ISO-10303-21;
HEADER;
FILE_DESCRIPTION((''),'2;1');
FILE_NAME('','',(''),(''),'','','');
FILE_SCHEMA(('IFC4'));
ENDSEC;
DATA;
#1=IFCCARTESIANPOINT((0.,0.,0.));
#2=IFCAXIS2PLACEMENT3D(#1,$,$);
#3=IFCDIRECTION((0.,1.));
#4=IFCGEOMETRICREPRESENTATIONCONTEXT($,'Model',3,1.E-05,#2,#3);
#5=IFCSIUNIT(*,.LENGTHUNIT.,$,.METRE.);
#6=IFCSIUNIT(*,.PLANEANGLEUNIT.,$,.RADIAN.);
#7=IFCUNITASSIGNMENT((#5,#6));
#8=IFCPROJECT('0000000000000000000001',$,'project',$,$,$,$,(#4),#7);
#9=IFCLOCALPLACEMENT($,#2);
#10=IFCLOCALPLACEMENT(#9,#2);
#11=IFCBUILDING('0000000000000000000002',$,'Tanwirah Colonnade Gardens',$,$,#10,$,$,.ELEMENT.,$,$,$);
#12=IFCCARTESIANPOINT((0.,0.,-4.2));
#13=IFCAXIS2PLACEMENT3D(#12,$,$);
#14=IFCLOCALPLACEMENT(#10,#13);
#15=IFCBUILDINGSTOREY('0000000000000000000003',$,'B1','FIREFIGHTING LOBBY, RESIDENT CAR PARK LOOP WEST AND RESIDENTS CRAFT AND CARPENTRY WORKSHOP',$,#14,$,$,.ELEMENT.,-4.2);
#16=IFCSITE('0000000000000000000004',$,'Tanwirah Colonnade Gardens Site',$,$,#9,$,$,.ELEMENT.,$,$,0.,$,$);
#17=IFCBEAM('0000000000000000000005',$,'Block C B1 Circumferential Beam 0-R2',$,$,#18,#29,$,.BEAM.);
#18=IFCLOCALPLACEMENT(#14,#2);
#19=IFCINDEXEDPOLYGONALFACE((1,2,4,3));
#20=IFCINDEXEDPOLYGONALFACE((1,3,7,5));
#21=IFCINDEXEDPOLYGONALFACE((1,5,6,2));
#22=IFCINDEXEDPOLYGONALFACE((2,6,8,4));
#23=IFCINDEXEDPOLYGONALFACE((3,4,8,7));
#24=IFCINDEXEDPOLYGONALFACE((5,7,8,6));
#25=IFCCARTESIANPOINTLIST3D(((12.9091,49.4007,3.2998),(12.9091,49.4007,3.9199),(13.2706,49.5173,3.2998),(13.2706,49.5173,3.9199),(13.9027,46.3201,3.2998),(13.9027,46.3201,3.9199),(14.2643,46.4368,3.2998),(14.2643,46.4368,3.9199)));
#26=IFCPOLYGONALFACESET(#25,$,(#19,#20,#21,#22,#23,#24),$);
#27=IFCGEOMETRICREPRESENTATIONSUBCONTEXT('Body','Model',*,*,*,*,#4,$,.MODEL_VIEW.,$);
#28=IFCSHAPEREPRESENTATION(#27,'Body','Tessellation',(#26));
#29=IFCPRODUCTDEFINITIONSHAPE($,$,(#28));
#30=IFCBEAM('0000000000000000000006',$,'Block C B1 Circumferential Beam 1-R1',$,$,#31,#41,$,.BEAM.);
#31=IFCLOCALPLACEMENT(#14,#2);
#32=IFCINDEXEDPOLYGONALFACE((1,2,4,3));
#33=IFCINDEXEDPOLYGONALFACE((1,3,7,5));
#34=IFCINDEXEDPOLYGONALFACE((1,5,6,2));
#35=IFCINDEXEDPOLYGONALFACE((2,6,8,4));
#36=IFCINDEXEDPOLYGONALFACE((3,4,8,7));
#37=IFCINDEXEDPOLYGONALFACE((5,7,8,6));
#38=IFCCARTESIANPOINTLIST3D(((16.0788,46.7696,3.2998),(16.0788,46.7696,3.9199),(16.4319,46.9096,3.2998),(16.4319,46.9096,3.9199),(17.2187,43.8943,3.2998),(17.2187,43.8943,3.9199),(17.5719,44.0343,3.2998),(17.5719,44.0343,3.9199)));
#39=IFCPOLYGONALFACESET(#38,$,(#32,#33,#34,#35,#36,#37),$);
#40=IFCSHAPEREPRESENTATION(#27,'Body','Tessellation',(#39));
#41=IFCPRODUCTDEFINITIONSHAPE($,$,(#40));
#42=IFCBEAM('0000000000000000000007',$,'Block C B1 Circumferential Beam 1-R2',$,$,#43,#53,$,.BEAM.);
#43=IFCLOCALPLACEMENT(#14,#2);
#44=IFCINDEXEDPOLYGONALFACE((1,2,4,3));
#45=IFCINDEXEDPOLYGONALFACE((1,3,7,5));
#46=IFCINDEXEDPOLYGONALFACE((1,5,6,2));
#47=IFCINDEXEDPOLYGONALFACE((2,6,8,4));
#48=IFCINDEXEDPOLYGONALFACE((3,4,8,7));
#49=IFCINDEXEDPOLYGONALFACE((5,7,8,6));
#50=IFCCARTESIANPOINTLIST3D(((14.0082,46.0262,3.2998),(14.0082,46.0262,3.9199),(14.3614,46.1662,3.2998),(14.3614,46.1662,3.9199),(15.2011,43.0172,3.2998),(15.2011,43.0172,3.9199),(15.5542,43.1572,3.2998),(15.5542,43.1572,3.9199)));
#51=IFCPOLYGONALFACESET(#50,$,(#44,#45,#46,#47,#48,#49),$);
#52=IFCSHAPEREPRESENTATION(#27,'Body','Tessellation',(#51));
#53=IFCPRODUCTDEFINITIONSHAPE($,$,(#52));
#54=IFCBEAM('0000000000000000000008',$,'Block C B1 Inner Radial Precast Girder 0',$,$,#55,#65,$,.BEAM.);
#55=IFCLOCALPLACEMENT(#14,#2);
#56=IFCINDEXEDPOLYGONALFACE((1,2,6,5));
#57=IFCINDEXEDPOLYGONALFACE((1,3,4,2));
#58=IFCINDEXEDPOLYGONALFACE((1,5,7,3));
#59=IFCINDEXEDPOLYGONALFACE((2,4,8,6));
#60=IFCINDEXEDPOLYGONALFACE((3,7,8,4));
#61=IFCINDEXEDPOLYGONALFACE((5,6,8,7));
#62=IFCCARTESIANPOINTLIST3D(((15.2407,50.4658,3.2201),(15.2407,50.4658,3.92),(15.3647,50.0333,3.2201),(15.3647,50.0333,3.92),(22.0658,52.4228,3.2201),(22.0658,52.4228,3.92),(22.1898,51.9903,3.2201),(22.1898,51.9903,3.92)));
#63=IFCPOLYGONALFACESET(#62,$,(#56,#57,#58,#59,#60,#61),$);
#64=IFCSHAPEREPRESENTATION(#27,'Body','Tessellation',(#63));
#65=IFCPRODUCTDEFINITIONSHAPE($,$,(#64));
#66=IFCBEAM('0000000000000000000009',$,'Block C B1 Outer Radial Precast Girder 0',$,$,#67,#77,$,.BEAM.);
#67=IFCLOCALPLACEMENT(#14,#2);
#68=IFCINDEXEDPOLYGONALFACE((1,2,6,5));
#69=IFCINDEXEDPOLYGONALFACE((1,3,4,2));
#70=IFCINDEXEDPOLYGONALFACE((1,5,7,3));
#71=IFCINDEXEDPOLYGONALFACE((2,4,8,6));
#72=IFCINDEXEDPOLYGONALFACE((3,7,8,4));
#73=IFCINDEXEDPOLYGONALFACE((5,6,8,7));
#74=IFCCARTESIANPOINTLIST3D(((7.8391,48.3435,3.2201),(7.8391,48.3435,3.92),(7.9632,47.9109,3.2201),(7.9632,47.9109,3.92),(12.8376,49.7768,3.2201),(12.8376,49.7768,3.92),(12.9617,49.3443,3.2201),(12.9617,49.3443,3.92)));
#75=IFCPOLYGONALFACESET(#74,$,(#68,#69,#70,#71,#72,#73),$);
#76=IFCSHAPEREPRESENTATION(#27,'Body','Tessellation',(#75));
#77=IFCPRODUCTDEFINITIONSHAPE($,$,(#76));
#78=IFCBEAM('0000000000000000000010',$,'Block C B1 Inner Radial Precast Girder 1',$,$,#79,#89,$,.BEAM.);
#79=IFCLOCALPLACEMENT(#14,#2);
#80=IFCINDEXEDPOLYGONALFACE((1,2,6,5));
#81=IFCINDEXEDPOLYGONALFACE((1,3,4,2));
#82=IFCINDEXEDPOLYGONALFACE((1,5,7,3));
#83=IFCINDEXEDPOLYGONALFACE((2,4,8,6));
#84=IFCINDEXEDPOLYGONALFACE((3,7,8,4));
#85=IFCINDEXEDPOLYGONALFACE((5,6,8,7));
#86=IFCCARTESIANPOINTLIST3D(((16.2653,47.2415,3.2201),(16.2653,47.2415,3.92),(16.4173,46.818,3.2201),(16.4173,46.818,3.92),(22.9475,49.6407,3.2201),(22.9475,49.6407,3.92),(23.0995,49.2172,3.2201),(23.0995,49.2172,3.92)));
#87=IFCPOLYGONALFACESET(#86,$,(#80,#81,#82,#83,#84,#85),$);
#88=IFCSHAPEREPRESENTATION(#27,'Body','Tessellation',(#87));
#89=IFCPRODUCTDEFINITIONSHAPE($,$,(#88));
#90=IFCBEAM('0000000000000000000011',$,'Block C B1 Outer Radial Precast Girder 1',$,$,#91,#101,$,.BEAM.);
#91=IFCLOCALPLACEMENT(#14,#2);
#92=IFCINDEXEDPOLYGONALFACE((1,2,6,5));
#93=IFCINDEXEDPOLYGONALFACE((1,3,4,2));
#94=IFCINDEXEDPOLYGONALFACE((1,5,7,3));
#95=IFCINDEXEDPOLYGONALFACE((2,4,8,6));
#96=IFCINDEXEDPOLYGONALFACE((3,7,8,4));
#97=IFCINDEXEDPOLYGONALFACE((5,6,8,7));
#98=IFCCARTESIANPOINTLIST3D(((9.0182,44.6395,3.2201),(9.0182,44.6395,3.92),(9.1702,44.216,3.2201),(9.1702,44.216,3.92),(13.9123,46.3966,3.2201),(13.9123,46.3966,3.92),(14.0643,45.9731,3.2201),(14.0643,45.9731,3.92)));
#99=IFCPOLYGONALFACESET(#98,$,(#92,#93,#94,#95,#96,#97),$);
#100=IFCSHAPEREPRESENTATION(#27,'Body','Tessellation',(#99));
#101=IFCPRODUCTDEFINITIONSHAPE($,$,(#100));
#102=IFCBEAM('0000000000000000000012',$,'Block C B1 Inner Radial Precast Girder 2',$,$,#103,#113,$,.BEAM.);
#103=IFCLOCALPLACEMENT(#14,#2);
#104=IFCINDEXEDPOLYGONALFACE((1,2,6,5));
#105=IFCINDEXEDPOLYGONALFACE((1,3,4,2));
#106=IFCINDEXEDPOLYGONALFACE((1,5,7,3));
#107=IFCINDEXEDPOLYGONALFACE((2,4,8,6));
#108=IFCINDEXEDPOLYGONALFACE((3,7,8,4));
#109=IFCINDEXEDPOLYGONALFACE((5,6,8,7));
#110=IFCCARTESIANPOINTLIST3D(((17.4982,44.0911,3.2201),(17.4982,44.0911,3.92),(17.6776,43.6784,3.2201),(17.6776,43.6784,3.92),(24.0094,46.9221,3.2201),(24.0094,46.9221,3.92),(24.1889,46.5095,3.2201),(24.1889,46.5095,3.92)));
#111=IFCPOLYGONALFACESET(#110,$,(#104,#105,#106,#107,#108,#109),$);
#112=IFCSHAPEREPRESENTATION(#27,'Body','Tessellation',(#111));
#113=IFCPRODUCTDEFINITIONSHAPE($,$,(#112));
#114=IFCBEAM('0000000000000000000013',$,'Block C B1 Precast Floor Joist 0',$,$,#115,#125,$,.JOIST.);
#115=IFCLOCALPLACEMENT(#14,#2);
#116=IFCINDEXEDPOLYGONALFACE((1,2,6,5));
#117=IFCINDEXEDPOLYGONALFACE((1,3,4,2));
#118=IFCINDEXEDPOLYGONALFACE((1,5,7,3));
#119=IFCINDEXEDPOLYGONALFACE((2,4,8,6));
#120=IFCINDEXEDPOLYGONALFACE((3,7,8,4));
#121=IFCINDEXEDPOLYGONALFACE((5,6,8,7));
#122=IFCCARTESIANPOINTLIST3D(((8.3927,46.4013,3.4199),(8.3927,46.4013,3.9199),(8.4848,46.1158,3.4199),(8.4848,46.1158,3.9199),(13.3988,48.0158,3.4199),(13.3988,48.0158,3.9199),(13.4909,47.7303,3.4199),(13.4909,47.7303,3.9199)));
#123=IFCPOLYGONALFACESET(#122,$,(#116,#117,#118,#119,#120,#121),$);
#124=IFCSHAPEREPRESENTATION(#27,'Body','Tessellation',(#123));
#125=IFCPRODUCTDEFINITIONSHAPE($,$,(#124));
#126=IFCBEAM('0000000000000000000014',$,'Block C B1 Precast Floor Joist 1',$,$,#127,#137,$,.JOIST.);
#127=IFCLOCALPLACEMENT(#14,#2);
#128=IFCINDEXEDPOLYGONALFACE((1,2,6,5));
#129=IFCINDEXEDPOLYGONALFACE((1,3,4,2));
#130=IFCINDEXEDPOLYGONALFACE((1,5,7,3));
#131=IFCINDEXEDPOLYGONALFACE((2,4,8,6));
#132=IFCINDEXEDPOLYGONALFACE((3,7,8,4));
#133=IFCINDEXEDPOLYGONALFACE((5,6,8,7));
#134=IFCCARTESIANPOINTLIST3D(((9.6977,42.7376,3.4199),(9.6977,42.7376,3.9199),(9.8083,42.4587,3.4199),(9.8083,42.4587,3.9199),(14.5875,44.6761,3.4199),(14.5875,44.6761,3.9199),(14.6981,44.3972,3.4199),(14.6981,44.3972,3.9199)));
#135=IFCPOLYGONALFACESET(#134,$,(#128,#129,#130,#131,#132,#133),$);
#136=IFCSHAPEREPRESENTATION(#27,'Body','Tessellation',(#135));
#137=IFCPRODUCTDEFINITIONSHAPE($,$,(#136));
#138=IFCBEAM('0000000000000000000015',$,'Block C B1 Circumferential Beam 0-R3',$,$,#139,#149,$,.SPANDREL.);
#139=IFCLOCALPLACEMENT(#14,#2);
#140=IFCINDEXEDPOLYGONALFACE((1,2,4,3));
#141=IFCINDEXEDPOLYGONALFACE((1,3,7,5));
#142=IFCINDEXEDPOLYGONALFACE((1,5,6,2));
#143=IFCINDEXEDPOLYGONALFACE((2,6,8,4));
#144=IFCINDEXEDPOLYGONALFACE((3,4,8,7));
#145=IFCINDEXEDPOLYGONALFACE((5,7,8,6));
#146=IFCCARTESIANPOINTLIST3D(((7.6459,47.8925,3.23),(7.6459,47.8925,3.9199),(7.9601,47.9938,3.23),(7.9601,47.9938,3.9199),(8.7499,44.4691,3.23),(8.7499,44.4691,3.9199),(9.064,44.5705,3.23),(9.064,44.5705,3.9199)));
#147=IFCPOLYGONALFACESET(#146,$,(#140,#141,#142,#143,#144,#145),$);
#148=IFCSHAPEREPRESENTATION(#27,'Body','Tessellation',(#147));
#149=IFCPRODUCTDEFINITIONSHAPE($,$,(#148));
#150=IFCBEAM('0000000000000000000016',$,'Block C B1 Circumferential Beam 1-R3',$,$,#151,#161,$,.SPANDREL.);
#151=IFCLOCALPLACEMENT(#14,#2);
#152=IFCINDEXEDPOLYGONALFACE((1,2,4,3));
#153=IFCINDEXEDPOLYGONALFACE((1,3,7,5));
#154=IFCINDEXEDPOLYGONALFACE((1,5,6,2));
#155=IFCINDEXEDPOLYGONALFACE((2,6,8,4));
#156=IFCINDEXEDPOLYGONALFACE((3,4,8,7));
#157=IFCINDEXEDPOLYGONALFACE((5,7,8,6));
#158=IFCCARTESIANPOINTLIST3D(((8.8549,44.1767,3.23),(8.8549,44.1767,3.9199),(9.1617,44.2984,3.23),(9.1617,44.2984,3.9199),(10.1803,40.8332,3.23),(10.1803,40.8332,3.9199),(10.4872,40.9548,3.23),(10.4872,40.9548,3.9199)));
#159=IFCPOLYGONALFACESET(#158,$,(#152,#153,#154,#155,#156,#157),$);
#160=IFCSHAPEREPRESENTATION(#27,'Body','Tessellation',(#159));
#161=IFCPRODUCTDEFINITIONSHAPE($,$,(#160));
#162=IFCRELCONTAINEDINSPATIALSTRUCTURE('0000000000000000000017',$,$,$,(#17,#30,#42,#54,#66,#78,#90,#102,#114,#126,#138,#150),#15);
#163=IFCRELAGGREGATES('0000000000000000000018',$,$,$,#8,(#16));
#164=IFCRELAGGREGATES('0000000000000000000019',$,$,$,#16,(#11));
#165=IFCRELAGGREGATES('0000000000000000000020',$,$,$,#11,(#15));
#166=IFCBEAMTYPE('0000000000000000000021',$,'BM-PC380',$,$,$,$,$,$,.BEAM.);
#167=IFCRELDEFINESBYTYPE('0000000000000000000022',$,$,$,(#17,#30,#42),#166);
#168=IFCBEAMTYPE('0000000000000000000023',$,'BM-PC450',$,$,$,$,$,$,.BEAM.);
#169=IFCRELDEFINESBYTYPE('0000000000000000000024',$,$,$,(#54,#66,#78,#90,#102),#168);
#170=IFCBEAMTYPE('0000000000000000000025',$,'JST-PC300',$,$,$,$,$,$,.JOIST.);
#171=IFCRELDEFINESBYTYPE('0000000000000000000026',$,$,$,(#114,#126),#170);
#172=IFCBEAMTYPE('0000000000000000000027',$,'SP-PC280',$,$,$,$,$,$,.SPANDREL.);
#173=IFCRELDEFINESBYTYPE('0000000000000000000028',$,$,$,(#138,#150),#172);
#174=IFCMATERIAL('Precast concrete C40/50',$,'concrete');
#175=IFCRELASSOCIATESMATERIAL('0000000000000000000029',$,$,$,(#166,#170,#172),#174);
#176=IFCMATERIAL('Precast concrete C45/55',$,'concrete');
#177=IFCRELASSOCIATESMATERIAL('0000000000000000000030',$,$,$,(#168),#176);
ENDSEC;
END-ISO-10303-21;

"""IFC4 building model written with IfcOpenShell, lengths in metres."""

from ifc_helpers import new_model, si_unit, direction, frame, origin, origin_2d, place, context, subcontext, project, spatial, rectangle, extrude, material, material_profile, profile_set, type_object, element, save


model = new_model("IFC4")

# Units and contexts
model_context = context("Model", 3, precision=1e-05, world=origin(), true_north=direction((0.0, 1.0)))
body_context = subcontext(model_context, "Body", "Model", "MODEL_VIEW")
ifc_project = project(units=[si_unit("LENGTHUNIT", "METRE"), si_unit("PLANEANGLEUNIT", "RADIAN")], contexts=[model_context])

# Site, building, storey
site_placement = place(None, origin())
site = spatial("IfcSite", under=ifc_project, at=site_placement, Name="Tanwirah Colonnade Gardens Site", CompositionType="ELEMENT", RefElevation=0.0)
building_placement = place(site_placement, origin())
building = spatial("IfcBuilding", under=site, at=building_placement, Name="Tanwirah Colonnade Gardens", CompositionType="ELEMENT")
storey_placement = place(building_placement, frame((0.0, 0.0, -4.2)))
storey = spatial("IfcBuildingStorey", under=building, at=storey_placement, Name="B1", Description="FIREFIGHTING LOBBY, RESIDENT CAR PARK LOOP WEST AND RESIDENTS CRAFT AND CARPENTRY WORKSHOP", CompositionType="ELEMENT", Elevation=-4.2)

# Beams
ifc_material_1 = material(Name="Precast concrete C40/50", Category="concrete")
ifc_material_profile_1 = material_profile(ifc_material_1, rectangle(XDim=0.3799, YDim=0.6201, at=origin_2d()), Name="PC-BM 380x620")
ifc_profile_set_1 = profile_set([ifc_material_profile_1], Name="Precast concrete C40/50")
beam_type_1 = type_object("IfcBeamType", Name="BM-PC380", PredefinedType="BEAM", material=ifc_profile_set_1)
beam_1_placement = place(storey_placement, frame((13.0898, 49.459, 3.6099), z_axis=(0.306981, -0.951716, 0.0), x_axis=(0.951716, 0.306981, 0.0)))
element("IfcBeam", 1, at=beam_1_placement, inside=storey, type_object=beam_type_1, Name="Block C B1 Circumferential Beam 0-R2", PredefinedType="BEAM", context=body_context, shape_type="SweptSolid", body=[
    extrude(rectangle(XDim=0.3799, YDim=0.6201, at=origin_2d()), origin(), (0.0, 0.0, 1.0), 3.2368),
])
beam_2_placement = place(storey_placement, frame((16.2554, 46.8396, 3.6099), z_axis=(0.368545, -0.92961, 0.0), x_axis=(0.92961, 0.368545, 0.0)))
element("IfcBeam", 2, at=beam_2_placement, inside=storey, type_object=beam_type_1, Name="Block C B1 Circumferential Beam 1-R1", PredefinedType="BEAM", context=body_context, shape_type="SweptSolid", body=[
    extrude(rectangle(XDim=0.3799, YDim=0.6201, at=origin_2d()), origin(), (0.0, 0.0, 1.0), 3.093),
])
beam_3_placement = place(storey_placement, frame((14.1848, 46.0962, 3.6099), z_axis=(0.368528, -0.929617, 0.0), x_axis=(0.929617, 0.368528, 0.0)))
element("IfcBeam", 3, at=beam_3_placement, inside=storey, type_object=beam_type_1, Name="Block C B1 Circumferential Beam 1-R2", PredefinedType="BEAM", context=body_context, shape_type="SweptSolid", body=[
    extrude(rectangle(XDim=0.3799, YDim=0.6201, at=origin_2d()), origin(), (0.0, 0.0, 1.0), 3.2368),
])
ifc_material_2 = material(Name="Precast concrete C45/55", Category="concrete")
ifc_material_profile_2 = material_profile(ifc_material_2, rectangle(XDim=0.45, YDim=0.7, at=origin_2d()), Name="PC-BM 450x700")
ifc_profile_set_2 = profile_set([ifc_material_profile_2], Name="Precast concrete C45/55")
beam_type_2 = type_object("IfcBeamType", Name="BM-PC450", PredefinedType="BEAM", material=ifc_profile_set_2)
beam_4_placement = place(storey_placement, frame((15.3027, 50.2495, 3.5701), z_axis=(0.961261, 0.275638, 0.0), x_axis=(-0.275638, 0.961261, 0.0)))
element("IfcBeam", 4, at=beam_4_placement, inside=storey, type_object=beam_type_2, Name="Block C B1 Inner Radial Precast Girder 0", PredefinedType="BEAM", context=body_context, shape_type="SweptSolid", body=[
    extrude(rectangle(XDim=0.45, YDim=0.7, at=origin_2d()), origin(), (0.0, 0.0, 1.0), 7.1001),
])
beam_5_placement = place(storey_placement, frame((12.8997, 49.5605, 3.5701), z_axis=(-0.96126, -0.275645, 0.0), x_axis=(0.275645, -0.96126, 0.0)))
element("IfcBeam", 5, at=beam_5_placement, inside=storey, type_object=beam_type_2, Name="Block C B1 Outer Radial Precast Girder 0", PredefinedType="BEAM", context=body_context, shape_type="SweptSolid", body=[
    extrude(rectangle(XDim=0.45, YDim=0.7, at=origin_2d()), origin(), (0.0, 0.0, 1.0), 5.2),
])
beam_6_placement = place(storey_placement, frame((16.3413, 47.0298, 3.5701), z_axis=(0.941174, 0.337922, 0.0), x_axis=(-0.337922, 0.941174, 0.0)))
element("IfcBeam", 6, at=beam_6_placement, inside=storey, type_object=beam_type_2, Name="Block C B1 Inner Radial Precast Girder 1", PredefinedType="BEAM", context=body_context, shape_type="SweptSolid", body=[
    extrude(rectangle(XDim=0.45, YDim=0.7, at=origin_2d()), origin(), (0.0, 0.0, 1.0), 7.0999),
])
beam_7_placement = place(storey_placement, frame((13.9883, 46.1848, 3.5701), z_axis=(-0.94118, -0.337906, 0.0), x_axis=(0.337906, -0.94118, 0.0)))
element("IfcBeam", 7, at=beam_7_placement, inside=storey, type_object=beam_type_2, Name="Block C B1 Outer Radial Precast Girder 1", PredefinedType="BEAM", context=body_context, shape_type="SweptSolid", body=[
    extrude(rectangle(XDim=0.45, YDim=0.7, at=origin_2d()), origin(), (0.0, 0.0, 1.0), 5.2),
])
beam_8_placement = place(storey_placement, frame((17.5879, 43.8848, 3.5701), z_axis=(0.917066, 0.398736, 0.0), x_axis=(-0.398736, 0.917066, 0.0)))
element("IfcBeam", 8, at=beam_8_placement, inside=storey, type_object=beam_type_2, Name="Block C B1 Inner Radial Precast Girder 2", PredefinedType="BEAM", context=body_context, shape_type="SweptSolid", body=[
    extrude(rectangle(XDim=0.45, YDim=0.7, at=origin_2d()), origin(), (0.0, 0.0, 1.0), 7.1001),
])
ifc_material_profile_3 = material_profile(ifc_material_1, rectangle(XDim=0.3, YDim=0.5, at=origin_2d()), Name="PC-JST 300x500")
ifc_profile_set_3 = profile_set([ifc_material_profile_3], Name="Precast concrete C40/50")
beam_type_3 = type_object("IfcBeamType", Name="JST-PC300", PredefinedType="JOIST", material=ifc_profile_set_3)
for number, where, z_axis, x_axis, name in (
    (9, (13.4448, 47.873, 3.6699), (-0.951729, -0.306939, 0.0), (0.306939, -0.951729, 0.0), "Block C B1 Precast Floor Joist 0"),
    (10, (14.6428, 44.5366, 3.6699), (-0.929618, -0.368524, 0.0), (0.368524, -0.929618, 0.0), "Block C B1 Precast Floor Joist 1"),
):
    element("IfcBeam", number, at=place(storey_placement, frame(where, z_axis=z_axis, x_axis=x_axis)), inside=storey, type_object=beam_type_3, Name=name, PredefinedType="JOIST", context=body_context, shape_type="SweptSolid", body=[
        extrude(rectangle(XDim=0.3, YDim=0.5, at=origin_2d()), origin(), (0.0, 0.0, 1.0), 5.26),
    ])
ifc_material_profile_4 = material_profile(ifc_material_1, rectangle(XDim=0.3301, YDim=0.6899, at=origin_2d()), Name="PC-SP 330x690")
ifc_profile_set_4 = profile_set([ifc_material_profile_4], Name="Precast concrete C40/50")
beam_type_4 = type_object("IfcBeamType", Name="SP-PC280", PredefinedType="SPANDREL", material=ifc_profile_set_4)
beam_9_placement = place(storey_placement, frame((7.803, 47.9431, 3.575), z_axis=(0.306927, -0.951733, 0.0), x_axis=(0.951733, 0.306927, 0.0)))
element("IfcBeam", 11, at=beam_9_placement, inside=storey, type_object=beam_type_4, Name="Block C B1 Circumferential Beam 0-R3", PredefinedType="SPANDREL", context=body_context, shape_type="SweptSolid", body=[
    extrude(rectangle(XDim=0.3301, YDim=0.6899, at=origin_2d()), origin(), (0.0, 0.0, 1.0), 3.5969),
])
beam_10_placement = place(storey_placement, frame((9.0083, 44.2375, 3.575), z_axis=(0.368522, -0.929619, 0.0), x_axis=(0.929619, 0.368522, 0.0)))
element("IfcBeam", 12, at=beam_10_placement, inside=storey, type_object=beam_type_4, Name="Block C B1 Circumferential Beam 1-R3", PredefinedType="SPANDREL", context=body_context, shape_type="SweptSolid", body=[
    extrude(rectangle(XDim=0.3301, YDim=0.6899, at=origin_2d()), origin(), (0.0, 0.0, 1.0), 3.5967),
])

save(model, "model.ifc")
